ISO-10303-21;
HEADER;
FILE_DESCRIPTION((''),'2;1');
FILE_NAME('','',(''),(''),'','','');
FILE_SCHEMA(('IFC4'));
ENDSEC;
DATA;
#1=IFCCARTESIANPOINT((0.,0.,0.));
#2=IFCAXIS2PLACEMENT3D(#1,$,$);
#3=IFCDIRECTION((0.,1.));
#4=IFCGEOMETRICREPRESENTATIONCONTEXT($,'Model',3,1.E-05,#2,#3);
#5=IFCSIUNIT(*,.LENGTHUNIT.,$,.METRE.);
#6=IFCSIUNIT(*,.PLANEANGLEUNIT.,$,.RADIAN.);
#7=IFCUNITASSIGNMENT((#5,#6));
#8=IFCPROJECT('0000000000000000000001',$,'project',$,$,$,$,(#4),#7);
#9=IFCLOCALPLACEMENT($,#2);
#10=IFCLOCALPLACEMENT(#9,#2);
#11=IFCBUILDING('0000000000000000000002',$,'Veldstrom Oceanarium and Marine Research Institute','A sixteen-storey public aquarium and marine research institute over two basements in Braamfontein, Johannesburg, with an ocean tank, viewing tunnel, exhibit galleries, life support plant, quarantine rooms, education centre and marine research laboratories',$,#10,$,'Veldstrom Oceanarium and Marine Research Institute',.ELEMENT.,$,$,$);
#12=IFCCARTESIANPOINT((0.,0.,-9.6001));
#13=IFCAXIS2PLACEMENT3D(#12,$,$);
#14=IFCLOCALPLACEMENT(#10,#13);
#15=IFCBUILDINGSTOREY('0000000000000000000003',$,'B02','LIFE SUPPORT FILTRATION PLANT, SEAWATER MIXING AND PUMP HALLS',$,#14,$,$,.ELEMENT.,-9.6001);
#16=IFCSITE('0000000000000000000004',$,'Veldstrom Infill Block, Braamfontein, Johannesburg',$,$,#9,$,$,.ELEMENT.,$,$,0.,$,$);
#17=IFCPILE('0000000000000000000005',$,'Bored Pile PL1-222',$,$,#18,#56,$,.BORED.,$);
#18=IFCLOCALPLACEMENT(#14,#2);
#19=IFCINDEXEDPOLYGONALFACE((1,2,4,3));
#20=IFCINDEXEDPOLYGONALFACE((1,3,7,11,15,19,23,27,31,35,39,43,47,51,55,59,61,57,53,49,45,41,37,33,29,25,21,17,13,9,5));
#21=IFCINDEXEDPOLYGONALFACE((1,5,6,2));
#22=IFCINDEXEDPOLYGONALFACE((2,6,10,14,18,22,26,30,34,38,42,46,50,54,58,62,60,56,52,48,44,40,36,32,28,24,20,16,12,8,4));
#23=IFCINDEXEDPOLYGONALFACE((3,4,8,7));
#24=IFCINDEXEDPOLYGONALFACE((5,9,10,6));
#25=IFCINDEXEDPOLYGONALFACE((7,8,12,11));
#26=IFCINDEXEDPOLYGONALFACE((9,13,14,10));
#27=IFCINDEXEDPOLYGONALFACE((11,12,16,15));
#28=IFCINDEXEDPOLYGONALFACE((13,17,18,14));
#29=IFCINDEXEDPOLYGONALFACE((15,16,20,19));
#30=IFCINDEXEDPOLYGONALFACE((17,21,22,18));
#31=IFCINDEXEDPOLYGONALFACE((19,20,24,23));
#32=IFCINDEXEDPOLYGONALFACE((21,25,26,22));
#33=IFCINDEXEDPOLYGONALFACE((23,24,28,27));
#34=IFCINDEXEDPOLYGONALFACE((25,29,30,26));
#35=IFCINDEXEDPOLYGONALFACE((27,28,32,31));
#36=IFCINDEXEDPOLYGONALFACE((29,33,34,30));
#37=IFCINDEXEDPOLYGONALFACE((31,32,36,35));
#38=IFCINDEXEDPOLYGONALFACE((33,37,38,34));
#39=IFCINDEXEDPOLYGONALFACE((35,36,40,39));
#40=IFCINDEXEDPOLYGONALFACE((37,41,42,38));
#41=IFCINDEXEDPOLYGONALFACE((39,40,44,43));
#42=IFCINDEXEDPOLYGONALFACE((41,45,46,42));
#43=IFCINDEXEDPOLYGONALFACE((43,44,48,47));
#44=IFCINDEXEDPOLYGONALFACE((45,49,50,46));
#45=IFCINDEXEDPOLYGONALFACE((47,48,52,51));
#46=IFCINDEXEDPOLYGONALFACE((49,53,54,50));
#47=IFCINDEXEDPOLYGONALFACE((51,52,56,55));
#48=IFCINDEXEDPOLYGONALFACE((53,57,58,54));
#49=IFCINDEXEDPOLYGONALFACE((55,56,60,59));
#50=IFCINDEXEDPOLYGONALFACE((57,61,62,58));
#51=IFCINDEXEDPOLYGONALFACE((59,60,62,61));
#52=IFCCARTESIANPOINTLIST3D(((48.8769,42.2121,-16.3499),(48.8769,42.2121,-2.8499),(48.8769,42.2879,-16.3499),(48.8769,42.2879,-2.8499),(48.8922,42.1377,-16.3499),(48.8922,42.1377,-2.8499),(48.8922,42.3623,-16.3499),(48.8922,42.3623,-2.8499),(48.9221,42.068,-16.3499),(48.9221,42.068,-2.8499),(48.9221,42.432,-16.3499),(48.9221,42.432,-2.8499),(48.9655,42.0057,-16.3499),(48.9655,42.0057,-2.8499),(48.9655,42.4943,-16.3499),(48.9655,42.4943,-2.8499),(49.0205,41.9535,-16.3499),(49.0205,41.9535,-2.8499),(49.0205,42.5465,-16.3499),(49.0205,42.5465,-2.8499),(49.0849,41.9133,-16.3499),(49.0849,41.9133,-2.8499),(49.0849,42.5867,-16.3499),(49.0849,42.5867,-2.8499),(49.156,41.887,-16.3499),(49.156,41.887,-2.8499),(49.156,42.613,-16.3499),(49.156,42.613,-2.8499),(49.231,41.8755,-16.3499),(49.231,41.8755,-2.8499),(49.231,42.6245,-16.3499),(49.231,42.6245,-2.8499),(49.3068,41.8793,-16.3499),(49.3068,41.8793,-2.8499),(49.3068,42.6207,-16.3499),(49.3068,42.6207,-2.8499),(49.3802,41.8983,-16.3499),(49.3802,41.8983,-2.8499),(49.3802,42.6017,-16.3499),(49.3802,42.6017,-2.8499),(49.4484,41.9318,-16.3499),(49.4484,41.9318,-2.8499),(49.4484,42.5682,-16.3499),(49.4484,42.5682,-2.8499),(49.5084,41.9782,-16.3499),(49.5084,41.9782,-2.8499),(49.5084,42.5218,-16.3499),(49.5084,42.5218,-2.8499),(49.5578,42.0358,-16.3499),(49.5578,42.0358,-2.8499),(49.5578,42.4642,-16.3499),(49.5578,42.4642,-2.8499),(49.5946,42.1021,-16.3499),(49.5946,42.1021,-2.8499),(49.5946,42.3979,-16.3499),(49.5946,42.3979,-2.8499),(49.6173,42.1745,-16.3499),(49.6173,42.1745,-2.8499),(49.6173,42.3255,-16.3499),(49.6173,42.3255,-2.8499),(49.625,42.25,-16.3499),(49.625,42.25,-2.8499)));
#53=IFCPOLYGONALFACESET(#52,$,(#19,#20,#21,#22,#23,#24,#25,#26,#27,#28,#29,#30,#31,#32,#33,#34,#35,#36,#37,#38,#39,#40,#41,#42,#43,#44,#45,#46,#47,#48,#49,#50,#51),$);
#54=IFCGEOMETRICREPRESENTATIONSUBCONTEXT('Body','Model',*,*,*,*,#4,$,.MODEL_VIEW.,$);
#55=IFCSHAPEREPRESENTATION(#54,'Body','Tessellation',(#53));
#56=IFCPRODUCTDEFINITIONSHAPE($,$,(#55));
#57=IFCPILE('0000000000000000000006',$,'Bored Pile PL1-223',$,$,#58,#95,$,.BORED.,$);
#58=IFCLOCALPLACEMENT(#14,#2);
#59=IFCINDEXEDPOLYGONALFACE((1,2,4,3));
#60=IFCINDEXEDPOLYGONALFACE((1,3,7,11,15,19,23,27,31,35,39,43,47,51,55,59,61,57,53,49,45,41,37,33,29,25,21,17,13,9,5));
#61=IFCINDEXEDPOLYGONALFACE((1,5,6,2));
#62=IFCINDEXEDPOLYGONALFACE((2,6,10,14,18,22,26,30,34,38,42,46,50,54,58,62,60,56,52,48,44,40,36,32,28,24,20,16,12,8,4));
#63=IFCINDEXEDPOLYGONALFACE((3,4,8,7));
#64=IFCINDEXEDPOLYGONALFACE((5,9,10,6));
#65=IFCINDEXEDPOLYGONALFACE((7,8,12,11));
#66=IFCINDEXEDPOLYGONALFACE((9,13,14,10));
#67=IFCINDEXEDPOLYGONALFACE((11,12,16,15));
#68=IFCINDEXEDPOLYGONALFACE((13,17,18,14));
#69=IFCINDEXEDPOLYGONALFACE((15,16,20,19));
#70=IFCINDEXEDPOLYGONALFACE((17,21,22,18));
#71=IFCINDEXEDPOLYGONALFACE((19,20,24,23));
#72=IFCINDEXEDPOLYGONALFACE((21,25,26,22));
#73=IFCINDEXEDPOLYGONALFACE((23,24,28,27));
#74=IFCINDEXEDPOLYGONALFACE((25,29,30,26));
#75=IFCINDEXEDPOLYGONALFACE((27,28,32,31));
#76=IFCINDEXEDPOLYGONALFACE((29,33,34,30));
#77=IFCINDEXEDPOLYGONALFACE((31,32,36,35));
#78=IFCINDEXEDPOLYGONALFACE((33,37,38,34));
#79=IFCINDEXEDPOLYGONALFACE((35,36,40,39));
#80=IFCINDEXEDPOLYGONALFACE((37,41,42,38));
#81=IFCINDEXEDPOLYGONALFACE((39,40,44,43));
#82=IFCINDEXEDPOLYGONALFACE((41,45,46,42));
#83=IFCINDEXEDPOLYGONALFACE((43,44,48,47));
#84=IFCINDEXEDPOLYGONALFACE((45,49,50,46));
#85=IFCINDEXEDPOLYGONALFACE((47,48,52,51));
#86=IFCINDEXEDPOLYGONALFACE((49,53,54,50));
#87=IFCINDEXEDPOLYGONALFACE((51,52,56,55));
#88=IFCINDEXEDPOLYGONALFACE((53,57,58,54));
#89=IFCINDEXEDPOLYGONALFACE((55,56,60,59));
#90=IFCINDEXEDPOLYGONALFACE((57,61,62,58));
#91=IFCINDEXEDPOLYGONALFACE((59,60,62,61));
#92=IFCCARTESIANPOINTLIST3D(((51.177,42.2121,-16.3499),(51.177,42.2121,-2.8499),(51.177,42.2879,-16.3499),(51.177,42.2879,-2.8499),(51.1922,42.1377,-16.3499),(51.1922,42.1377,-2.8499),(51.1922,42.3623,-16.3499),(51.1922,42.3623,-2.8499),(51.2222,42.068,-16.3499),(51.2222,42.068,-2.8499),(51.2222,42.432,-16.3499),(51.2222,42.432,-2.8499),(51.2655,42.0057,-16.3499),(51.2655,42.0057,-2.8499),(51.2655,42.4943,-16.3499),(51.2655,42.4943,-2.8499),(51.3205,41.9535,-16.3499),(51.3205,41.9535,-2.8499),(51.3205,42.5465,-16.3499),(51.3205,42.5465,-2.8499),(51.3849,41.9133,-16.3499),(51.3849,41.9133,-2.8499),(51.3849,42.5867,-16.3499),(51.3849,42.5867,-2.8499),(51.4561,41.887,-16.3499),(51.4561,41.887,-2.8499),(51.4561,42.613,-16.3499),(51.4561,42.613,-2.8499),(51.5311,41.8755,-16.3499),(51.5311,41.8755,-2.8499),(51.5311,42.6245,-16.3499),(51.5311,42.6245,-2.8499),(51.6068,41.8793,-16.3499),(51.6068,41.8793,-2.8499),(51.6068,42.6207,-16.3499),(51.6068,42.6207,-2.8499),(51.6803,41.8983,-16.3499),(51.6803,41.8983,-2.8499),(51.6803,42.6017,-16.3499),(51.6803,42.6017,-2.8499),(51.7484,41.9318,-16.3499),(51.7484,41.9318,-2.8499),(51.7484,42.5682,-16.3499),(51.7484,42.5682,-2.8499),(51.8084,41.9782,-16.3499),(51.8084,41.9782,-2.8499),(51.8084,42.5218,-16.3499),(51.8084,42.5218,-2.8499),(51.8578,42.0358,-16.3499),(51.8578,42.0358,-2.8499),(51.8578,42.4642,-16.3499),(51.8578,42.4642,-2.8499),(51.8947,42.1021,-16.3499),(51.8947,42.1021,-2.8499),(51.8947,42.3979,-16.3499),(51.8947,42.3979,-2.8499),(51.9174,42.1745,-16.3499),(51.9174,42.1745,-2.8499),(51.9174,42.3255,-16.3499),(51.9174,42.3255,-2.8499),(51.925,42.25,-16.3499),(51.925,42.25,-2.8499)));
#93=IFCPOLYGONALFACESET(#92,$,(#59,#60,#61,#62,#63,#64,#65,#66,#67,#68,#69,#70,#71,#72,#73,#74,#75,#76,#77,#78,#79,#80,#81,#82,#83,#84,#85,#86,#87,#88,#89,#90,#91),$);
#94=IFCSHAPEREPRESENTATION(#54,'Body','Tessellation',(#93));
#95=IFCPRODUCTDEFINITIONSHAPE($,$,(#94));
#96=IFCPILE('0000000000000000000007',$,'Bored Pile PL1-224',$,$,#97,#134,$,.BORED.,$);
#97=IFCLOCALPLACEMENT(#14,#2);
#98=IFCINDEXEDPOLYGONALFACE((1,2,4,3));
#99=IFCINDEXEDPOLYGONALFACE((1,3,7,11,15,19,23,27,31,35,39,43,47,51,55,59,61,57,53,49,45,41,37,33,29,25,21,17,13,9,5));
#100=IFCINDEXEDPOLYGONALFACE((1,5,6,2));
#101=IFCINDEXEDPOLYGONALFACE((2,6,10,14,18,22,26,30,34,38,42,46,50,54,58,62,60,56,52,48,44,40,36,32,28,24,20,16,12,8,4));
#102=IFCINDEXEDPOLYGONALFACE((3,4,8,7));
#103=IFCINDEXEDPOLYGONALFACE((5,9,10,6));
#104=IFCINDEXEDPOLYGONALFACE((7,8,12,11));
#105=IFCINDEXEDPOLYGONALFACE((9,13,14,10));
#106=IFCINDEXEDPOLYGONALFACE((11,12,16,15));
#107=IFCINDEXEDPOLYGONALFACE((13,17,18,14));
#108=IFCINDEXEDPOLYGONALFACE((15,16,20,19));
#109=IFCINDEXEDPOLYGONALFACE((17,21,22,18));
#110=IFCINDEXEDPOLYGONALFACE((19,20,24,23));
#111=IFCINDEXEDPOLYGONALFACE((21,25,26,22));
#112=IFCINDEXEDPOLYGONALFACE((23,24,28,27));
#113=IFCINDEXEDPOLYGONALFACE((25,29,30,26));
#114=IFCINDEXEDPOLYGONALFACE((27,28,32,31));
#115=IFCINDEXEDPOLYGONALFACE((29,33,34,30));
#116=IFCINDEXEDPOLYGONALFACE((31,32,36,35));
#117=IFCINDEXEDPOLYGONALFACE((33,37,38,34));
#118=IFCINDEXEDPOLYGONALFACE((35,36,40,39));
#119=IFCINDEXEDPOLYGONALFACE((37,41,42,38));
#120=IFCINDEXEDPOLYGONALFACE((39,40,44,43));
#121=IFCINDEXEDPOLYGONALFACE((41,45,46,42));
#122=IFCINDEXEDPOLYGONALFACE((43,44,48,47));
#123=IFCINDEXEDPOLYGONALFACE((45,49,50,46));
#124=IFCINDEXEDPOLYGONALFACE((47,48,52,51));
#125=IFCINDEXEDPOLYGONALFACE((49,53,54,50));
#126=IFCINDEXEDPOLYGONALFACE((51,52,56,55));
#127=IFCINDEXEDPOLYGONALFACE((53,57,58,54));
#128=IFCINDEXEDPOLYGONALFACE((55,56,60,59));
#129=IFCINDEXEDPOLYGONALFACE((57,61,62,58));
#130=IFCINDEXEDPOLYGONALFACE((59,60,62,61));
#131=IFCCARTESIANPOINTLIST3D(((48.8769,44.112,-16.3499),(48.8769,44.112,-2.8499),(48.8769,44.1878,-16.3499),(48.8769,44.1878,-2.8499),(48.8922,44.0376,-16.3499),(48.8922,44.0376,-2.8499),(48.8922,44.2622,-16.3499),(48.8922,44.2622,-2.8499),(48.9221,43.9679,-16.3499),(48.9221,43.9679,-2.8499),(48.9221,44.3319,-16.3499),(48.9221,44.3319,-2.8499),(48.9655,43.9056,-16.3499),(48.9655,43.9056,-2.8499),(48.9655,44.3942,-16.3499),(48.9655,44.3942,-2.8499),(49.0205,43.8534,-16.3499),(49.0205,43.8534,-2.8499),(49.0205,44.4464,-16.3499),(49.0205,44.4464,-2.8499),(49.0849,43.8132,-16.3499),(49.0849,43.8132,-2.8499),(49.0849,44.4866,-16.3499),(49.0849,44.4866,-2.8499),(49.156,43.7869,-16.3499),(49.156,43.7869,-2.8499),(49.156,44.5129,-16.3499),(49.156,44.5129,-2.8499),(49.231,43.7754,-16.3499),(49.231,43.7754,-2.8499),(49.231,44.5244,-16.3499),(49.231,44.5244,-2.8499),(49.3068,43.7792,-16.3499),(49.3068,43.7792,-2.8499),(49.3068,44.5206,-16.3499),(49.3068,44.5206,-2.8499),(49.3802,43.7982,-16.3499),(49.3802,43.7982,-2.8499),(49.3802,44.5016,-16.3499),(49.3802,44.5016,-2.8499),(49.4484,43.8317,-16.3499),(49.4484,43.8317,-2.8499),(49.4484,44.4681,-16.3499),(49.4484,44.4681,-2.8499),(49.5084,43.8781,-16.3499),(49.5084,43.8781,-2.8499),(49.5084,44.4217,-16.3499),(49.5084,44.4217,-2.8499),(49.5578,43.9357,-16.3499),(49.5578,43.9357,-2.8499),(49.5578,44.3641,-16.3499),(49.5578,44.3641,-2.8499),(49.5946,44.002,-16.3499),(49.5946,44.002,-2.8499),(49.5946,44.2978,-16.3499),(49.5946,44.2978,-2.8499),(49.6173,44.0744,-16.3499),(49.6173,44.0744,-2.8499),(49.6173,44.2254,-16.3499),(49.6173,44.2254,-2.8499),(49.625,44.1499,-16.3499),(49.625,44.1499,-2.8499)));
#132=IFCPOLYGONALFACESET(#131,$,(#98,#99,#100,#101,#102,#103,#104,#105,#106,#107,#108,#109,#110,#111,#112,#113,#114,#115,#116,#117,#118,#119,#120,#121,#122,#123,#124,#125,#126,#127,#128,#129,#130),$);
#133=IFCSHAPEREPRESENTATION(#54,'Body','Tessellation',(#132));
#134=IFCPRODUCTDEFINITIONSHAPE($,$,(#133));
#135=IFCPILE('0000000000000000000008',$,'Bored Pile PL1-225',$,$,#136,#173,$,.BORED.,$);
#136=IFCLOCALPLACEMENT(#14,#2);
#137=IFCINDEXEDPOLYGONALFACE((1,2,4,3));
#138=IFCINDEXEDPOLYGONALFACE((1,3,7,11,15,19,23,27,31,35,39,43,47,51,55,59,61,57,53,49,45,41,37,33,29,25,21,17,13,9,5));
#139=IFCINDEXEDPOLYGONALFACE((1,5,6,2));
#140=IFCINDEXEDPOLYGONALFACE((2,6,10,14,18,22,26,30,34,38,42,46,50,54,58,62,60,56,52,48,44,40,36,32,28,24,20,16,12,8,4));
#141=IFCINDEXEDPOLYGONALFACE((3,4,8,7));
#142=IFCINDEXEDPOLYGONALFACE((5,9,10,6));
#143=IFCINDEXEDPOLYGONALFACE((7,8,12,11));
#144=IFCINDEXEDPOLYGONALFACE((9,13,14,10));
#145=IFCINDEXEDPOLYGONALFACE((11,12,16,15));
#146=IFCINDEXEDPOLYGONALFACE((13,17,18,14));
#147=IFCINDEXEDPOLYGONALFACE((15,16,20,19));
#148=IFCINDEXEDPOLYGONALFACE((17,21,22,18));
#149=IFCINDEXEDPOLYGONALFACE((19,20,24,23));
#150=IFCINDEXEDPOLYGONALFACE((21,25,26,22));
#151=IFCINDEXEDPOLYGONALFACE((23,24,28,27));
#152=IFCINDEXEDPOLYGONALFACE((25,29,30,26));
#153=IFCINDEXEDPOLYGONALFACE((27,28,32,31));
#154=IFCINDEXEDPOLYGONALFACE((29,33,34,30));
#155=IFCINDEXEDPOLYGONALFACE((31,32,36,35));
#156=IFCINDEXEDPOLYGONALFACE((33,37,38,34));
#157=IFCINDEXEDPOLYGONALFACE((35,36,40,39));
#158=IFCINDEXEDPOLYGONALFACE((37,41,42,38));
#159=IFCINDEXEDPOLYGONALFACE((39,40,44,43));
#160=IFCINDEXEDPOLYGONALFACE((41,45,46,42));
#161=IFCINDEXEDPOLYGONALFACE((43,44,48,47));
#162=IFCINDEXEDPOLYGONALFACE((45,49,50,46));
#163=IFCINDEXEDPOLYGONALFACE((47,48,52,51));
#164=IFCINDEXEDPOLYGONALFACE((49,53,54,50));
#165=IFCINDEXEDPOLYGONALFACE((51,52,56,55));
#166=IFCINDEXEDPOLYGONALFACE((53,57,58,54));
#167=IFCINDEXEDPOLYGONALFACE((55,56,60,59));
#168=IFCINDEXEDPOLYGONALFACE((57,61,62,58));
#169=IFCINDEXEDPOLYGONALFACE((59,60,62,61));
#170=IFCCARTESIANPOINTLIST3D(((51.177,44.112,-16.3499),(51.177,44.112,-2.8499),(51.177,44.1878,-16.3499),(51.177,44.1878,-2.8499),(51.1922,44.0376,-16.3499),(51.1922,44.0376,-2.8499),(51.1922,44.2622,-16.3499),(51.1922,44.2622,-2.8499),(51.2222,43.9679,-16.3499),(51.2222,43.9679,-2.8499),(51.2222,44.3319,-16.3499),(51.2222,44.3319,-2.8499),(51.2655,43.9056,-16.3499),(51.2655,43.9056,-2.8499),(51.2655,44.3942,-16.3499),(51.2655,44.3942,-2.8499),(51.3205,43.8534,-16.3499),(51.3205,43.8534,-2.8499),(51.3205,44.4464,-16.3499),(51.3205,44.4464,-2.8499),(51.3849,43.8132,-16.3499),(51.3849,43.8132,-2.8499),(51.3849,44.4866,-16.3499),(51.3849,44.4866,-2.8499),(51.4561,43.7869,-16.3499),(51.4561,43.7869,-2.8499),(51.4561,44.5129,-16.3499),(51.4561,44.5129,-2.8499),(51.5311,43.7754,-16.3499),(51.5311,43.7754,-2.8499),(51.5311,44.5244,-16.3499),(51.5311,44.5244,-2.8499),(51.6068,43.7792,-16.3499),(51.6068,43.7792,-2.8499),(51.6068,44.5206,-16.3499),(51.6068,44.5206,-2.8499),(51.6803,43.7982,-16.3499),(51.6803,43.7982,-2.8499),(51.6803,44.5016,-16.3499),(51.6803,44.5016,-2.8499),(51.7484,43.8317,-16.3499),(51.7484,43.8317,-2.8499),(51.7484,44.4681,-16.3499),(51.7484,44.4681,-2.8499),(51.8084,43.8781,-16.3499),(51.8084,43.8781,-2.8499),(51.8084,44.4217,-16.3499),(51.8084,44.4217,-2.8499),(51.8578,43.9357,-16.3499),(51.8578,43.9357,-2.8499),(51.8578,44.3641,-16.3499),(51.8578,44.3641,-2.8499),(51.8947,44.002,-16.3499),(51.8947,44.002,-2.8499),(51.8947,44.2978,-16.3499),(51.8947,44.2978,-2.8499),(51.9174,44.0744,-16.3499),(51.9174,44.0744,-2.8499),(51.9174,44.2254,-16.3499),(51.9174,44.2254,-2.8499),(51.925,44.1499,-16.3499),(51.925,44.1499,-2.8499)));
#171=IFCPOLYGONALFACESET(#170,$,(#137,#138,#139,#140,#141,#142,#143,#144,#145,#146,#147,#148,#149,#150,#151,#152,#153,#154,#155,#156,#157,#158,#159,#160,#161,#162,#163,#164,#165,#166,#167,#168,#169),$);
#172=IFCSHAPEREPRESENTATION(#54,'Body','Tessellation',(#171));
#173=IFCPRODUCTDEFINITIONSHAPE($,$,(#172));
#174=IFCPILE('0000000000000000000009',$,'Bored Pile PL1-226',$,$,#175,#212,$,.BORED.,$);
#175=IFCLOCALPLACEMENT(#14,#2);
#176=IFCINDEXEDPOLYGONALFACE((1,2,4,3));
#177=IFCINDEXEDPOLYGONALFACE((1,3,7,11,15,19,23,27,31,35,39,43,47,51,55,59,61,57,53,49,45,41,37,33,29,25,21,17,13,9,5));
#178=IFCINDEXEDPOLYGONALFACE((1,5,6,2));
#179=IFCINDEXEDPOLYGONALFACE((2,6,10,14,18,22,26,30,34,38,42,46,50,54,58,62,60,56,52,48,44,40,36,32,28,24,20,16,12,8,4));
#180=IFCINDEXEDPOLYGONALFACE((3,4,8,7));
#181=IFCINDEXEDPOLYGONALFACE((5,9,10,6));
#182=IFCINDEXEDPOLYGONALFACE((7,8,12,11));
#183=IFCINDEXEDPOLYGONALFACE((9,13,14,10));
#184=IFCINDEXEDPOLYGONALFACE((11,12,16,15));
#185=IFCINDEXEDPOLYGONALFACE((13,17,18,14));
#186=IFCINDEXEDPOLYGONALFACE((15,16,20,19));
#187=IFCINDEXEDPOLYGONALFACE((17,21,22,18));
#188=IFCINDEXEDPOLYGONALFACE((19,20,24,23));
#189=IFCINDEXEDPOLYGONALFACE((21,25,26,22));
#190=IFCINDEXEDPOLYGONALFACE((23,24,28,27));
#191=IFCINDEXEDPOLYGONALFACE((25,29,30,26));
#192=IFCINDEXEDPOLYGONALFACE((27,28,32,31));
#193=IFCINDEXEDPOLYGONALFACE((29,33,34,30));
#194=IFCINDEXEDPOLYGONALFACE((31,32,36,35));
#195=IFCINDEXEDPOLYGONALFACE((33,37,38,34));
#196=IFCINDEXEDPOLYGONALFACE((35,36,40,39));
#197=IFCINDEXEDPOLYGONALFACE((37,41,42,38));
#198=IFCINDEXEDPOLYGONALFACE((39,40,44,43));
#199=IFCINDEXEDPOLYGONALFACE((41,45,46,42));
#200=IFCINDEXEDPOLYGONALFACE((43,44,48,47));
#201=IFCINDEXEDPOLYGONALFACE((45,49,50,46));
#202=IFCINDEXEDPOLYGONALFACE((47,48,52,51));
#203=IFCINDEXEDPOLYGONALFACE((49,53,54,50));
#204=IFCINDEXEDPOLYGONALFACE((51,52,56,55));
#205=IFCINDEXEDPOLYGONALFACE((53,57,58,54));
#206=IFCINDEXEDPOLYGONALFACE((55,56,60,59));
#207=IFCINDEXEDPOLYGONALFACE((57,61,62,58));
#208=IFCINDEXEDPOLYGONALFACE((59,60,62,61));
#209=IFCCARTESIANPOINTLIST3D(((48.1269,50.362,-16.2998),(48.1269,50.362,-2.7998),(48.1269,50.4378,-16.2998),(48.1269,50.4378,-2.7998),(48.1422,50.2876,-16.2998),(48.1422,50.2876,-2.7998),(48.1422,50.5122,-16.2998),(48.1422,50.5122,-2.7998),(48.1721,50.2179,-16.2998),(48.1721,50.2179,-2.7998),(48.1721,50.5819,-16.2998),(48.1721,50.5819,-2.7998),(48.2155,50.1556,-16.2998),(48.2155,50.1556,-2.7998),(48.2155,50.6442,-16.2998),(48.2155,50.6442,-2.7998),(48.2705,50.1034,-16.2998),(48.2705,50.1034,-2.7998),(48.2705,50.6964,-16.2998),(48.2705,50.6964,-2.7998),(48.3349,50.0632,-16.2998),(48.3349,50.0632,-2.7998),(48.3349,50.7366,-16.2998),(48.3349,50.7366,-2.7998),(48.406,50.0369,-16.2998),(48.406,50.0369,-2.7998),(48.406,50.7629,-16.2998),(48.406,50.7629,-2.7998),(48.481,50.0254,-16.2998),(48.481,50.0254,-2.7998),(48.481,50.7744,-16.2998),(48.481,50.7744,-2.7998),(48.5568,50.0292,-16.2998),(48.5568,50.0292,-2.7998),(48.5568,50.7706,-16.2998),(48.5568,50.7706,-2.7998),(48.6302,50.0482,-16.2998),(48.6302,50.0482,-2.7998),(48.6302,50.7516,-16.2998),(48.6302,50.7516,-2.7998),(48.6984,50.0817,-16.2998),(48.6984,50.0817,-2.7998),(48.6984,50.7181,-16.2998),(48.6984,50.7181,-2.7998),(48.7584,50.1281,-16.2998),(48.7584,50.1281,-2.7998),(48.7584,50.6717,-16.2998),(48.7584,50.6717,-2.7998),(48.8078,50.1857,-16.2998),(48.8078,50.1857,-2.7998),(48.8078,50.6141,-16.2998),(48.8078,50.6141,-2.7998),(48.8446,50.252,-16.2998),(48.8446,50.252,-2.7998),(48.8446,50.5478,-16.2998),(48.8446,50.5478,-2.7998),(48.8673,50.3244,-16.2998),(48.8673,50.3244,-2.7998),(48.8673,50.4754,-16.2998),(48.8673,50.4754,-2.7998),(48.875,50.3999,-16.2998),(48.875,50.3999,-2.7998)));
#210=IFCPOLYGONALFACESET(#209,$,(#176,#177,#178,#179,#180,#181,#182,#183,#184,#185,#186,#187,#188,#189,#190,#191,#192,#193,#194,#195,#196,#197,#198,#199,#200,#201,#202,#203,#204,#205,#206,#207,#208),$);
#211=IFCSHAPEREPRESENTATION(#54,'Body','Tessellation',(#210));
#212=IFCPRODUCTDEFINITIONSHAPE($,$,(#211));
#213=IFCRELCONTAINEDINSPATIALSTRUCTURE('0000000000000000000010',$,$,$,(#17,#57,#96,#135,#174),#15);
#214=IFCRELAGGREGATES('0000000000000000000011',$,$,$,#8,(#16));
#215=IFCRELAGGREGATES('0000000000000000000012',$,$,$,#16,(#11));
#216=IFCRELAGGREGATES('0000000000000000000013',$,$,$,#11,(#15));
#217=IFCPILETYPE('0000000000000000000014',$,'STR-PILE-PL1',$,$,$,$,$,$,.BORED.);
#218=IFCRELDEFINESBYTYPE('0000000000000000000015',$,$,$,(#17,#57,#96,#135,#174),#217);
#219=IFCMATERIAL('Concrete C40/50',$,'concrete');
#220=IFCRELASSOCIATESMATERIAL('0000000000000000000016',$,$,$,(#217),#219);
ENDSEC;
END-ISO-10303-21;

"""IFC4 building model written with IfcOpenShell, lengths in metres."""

from ifc_helpers import new_model, si_unit, direction, frame, origin, origin_2d, place, context, subcontext, project, spatial, circle, extrude, material, material_profile, profile_set, type_object, element, save


model = new_model("IFC4")

# Units and contexts
model_context = context("Model", 3, precision=1e-05, world=origin(), true_north=direction((0.0, 1.0)))
body_context = subcontext(model_context, "Body", "Model", "MODEL_VIEW")
ifc_project = project(units=[si_unit("LENGTHUNIT", "METRE"), si_unit("PLANEANGLEUNIT", "RADIAN")], contexts=[model_context])

# Site, building, storey
site_placement = place(None, origin())
site = spatial("IfcSite", under=ifc_project, at=site_placement, Name="Veldstrom Infill Block, Braamfontein, Johannesburg", CompositionType="ELEMENT", RefElevation=0.0)
building_placement = place(site_placement, origin())
building = spatial("IfcBuilding", under=site, at=building_placement, Name="Veldstrom Oceanarium and Marine Research Institute", Description="A sixteen-storey public aquarium and marine research institute over two basements in Braamfontein, Johannesburg, with an ocean tank, viewing tunnel, exhibit galleries, life support plant, quarantine rooms, education centre and marine research laboratories", LongName="Veldstrom Oceanarium and Marine Research Institute", CompositionType="ELEMENT")
storey_placement = place(building_placement, frame((0.0, 0.0, -9.6001)))
storey = spatial("IfcBuildingStorey", under=building, at=storey_placement, Name="B02", Description="LIFE SUPPORT FILTRATION PLANT, SEAWATER MIXING AND PUMP HALLS", CompositionType="ELEMENT", Elevation=-9.6001)

# Piles
ifc_material_1 = material(Name="Concrete C40/50", Category="concrete")
ifc_material_profile_1 = material_profile(ifc_material_1, circle(Radius=0.375, at=origin_2d()), Name="PILE-D750")
ifc_profile_set_1 = profile_set([ifc_material_profile_1], Name="Concrete C40/50")
pile_type = type_object("IfcPileType", Name="STR-PILE-PL1", PredefinedType="BORED", material=ifc_profile_set_1)
for number, where, z_axis, x_axis, name in (
    (1, (49.25, 42.25, -2.8499), (0.0, 0.0, -1.0), (1.0, 0.0, 0.0), "Bored Pile PL1-222"),
    (2, (51.55, 42.25, -2.8499), (0.0, 0.0, -1.0), (1.0, 0.0, 0.0), "Bored Pile PL1-223"),
    (3, (49.25, 44.1499, -2.8499), (0.0, 0.0, -1.0), (1.0, 0.0, 0.0), "Bored Pile PL1-224"),
    (4, (51.55, 44.1499, -2.8499), (0.0, 0.0, -1.0), (1.0, 0.0, 0.0), "Bored Pile PL1-225"),
    (5, (48.5, 50.3999, -2.7998), (0.0, 0.0, -1.0), (1.0, 0.0, 0.0), "Bored Pile PL1-226"),
):
    element("IfcPile", number, at=place(storey_placement, frame(where, z_axis=z_axis, x_axis=x_axis)), inside=storey, type_object=pile_type, Name=name, PredefinedType="BORED", context=body_context, shape_type="SweptSolid", body=[
        extrude(circle(Radius=0.375, at=origin_2d()), origin(), (0.0, 0.0, 1.0), 13.5),
    ])

save(model, "model.ifc")
